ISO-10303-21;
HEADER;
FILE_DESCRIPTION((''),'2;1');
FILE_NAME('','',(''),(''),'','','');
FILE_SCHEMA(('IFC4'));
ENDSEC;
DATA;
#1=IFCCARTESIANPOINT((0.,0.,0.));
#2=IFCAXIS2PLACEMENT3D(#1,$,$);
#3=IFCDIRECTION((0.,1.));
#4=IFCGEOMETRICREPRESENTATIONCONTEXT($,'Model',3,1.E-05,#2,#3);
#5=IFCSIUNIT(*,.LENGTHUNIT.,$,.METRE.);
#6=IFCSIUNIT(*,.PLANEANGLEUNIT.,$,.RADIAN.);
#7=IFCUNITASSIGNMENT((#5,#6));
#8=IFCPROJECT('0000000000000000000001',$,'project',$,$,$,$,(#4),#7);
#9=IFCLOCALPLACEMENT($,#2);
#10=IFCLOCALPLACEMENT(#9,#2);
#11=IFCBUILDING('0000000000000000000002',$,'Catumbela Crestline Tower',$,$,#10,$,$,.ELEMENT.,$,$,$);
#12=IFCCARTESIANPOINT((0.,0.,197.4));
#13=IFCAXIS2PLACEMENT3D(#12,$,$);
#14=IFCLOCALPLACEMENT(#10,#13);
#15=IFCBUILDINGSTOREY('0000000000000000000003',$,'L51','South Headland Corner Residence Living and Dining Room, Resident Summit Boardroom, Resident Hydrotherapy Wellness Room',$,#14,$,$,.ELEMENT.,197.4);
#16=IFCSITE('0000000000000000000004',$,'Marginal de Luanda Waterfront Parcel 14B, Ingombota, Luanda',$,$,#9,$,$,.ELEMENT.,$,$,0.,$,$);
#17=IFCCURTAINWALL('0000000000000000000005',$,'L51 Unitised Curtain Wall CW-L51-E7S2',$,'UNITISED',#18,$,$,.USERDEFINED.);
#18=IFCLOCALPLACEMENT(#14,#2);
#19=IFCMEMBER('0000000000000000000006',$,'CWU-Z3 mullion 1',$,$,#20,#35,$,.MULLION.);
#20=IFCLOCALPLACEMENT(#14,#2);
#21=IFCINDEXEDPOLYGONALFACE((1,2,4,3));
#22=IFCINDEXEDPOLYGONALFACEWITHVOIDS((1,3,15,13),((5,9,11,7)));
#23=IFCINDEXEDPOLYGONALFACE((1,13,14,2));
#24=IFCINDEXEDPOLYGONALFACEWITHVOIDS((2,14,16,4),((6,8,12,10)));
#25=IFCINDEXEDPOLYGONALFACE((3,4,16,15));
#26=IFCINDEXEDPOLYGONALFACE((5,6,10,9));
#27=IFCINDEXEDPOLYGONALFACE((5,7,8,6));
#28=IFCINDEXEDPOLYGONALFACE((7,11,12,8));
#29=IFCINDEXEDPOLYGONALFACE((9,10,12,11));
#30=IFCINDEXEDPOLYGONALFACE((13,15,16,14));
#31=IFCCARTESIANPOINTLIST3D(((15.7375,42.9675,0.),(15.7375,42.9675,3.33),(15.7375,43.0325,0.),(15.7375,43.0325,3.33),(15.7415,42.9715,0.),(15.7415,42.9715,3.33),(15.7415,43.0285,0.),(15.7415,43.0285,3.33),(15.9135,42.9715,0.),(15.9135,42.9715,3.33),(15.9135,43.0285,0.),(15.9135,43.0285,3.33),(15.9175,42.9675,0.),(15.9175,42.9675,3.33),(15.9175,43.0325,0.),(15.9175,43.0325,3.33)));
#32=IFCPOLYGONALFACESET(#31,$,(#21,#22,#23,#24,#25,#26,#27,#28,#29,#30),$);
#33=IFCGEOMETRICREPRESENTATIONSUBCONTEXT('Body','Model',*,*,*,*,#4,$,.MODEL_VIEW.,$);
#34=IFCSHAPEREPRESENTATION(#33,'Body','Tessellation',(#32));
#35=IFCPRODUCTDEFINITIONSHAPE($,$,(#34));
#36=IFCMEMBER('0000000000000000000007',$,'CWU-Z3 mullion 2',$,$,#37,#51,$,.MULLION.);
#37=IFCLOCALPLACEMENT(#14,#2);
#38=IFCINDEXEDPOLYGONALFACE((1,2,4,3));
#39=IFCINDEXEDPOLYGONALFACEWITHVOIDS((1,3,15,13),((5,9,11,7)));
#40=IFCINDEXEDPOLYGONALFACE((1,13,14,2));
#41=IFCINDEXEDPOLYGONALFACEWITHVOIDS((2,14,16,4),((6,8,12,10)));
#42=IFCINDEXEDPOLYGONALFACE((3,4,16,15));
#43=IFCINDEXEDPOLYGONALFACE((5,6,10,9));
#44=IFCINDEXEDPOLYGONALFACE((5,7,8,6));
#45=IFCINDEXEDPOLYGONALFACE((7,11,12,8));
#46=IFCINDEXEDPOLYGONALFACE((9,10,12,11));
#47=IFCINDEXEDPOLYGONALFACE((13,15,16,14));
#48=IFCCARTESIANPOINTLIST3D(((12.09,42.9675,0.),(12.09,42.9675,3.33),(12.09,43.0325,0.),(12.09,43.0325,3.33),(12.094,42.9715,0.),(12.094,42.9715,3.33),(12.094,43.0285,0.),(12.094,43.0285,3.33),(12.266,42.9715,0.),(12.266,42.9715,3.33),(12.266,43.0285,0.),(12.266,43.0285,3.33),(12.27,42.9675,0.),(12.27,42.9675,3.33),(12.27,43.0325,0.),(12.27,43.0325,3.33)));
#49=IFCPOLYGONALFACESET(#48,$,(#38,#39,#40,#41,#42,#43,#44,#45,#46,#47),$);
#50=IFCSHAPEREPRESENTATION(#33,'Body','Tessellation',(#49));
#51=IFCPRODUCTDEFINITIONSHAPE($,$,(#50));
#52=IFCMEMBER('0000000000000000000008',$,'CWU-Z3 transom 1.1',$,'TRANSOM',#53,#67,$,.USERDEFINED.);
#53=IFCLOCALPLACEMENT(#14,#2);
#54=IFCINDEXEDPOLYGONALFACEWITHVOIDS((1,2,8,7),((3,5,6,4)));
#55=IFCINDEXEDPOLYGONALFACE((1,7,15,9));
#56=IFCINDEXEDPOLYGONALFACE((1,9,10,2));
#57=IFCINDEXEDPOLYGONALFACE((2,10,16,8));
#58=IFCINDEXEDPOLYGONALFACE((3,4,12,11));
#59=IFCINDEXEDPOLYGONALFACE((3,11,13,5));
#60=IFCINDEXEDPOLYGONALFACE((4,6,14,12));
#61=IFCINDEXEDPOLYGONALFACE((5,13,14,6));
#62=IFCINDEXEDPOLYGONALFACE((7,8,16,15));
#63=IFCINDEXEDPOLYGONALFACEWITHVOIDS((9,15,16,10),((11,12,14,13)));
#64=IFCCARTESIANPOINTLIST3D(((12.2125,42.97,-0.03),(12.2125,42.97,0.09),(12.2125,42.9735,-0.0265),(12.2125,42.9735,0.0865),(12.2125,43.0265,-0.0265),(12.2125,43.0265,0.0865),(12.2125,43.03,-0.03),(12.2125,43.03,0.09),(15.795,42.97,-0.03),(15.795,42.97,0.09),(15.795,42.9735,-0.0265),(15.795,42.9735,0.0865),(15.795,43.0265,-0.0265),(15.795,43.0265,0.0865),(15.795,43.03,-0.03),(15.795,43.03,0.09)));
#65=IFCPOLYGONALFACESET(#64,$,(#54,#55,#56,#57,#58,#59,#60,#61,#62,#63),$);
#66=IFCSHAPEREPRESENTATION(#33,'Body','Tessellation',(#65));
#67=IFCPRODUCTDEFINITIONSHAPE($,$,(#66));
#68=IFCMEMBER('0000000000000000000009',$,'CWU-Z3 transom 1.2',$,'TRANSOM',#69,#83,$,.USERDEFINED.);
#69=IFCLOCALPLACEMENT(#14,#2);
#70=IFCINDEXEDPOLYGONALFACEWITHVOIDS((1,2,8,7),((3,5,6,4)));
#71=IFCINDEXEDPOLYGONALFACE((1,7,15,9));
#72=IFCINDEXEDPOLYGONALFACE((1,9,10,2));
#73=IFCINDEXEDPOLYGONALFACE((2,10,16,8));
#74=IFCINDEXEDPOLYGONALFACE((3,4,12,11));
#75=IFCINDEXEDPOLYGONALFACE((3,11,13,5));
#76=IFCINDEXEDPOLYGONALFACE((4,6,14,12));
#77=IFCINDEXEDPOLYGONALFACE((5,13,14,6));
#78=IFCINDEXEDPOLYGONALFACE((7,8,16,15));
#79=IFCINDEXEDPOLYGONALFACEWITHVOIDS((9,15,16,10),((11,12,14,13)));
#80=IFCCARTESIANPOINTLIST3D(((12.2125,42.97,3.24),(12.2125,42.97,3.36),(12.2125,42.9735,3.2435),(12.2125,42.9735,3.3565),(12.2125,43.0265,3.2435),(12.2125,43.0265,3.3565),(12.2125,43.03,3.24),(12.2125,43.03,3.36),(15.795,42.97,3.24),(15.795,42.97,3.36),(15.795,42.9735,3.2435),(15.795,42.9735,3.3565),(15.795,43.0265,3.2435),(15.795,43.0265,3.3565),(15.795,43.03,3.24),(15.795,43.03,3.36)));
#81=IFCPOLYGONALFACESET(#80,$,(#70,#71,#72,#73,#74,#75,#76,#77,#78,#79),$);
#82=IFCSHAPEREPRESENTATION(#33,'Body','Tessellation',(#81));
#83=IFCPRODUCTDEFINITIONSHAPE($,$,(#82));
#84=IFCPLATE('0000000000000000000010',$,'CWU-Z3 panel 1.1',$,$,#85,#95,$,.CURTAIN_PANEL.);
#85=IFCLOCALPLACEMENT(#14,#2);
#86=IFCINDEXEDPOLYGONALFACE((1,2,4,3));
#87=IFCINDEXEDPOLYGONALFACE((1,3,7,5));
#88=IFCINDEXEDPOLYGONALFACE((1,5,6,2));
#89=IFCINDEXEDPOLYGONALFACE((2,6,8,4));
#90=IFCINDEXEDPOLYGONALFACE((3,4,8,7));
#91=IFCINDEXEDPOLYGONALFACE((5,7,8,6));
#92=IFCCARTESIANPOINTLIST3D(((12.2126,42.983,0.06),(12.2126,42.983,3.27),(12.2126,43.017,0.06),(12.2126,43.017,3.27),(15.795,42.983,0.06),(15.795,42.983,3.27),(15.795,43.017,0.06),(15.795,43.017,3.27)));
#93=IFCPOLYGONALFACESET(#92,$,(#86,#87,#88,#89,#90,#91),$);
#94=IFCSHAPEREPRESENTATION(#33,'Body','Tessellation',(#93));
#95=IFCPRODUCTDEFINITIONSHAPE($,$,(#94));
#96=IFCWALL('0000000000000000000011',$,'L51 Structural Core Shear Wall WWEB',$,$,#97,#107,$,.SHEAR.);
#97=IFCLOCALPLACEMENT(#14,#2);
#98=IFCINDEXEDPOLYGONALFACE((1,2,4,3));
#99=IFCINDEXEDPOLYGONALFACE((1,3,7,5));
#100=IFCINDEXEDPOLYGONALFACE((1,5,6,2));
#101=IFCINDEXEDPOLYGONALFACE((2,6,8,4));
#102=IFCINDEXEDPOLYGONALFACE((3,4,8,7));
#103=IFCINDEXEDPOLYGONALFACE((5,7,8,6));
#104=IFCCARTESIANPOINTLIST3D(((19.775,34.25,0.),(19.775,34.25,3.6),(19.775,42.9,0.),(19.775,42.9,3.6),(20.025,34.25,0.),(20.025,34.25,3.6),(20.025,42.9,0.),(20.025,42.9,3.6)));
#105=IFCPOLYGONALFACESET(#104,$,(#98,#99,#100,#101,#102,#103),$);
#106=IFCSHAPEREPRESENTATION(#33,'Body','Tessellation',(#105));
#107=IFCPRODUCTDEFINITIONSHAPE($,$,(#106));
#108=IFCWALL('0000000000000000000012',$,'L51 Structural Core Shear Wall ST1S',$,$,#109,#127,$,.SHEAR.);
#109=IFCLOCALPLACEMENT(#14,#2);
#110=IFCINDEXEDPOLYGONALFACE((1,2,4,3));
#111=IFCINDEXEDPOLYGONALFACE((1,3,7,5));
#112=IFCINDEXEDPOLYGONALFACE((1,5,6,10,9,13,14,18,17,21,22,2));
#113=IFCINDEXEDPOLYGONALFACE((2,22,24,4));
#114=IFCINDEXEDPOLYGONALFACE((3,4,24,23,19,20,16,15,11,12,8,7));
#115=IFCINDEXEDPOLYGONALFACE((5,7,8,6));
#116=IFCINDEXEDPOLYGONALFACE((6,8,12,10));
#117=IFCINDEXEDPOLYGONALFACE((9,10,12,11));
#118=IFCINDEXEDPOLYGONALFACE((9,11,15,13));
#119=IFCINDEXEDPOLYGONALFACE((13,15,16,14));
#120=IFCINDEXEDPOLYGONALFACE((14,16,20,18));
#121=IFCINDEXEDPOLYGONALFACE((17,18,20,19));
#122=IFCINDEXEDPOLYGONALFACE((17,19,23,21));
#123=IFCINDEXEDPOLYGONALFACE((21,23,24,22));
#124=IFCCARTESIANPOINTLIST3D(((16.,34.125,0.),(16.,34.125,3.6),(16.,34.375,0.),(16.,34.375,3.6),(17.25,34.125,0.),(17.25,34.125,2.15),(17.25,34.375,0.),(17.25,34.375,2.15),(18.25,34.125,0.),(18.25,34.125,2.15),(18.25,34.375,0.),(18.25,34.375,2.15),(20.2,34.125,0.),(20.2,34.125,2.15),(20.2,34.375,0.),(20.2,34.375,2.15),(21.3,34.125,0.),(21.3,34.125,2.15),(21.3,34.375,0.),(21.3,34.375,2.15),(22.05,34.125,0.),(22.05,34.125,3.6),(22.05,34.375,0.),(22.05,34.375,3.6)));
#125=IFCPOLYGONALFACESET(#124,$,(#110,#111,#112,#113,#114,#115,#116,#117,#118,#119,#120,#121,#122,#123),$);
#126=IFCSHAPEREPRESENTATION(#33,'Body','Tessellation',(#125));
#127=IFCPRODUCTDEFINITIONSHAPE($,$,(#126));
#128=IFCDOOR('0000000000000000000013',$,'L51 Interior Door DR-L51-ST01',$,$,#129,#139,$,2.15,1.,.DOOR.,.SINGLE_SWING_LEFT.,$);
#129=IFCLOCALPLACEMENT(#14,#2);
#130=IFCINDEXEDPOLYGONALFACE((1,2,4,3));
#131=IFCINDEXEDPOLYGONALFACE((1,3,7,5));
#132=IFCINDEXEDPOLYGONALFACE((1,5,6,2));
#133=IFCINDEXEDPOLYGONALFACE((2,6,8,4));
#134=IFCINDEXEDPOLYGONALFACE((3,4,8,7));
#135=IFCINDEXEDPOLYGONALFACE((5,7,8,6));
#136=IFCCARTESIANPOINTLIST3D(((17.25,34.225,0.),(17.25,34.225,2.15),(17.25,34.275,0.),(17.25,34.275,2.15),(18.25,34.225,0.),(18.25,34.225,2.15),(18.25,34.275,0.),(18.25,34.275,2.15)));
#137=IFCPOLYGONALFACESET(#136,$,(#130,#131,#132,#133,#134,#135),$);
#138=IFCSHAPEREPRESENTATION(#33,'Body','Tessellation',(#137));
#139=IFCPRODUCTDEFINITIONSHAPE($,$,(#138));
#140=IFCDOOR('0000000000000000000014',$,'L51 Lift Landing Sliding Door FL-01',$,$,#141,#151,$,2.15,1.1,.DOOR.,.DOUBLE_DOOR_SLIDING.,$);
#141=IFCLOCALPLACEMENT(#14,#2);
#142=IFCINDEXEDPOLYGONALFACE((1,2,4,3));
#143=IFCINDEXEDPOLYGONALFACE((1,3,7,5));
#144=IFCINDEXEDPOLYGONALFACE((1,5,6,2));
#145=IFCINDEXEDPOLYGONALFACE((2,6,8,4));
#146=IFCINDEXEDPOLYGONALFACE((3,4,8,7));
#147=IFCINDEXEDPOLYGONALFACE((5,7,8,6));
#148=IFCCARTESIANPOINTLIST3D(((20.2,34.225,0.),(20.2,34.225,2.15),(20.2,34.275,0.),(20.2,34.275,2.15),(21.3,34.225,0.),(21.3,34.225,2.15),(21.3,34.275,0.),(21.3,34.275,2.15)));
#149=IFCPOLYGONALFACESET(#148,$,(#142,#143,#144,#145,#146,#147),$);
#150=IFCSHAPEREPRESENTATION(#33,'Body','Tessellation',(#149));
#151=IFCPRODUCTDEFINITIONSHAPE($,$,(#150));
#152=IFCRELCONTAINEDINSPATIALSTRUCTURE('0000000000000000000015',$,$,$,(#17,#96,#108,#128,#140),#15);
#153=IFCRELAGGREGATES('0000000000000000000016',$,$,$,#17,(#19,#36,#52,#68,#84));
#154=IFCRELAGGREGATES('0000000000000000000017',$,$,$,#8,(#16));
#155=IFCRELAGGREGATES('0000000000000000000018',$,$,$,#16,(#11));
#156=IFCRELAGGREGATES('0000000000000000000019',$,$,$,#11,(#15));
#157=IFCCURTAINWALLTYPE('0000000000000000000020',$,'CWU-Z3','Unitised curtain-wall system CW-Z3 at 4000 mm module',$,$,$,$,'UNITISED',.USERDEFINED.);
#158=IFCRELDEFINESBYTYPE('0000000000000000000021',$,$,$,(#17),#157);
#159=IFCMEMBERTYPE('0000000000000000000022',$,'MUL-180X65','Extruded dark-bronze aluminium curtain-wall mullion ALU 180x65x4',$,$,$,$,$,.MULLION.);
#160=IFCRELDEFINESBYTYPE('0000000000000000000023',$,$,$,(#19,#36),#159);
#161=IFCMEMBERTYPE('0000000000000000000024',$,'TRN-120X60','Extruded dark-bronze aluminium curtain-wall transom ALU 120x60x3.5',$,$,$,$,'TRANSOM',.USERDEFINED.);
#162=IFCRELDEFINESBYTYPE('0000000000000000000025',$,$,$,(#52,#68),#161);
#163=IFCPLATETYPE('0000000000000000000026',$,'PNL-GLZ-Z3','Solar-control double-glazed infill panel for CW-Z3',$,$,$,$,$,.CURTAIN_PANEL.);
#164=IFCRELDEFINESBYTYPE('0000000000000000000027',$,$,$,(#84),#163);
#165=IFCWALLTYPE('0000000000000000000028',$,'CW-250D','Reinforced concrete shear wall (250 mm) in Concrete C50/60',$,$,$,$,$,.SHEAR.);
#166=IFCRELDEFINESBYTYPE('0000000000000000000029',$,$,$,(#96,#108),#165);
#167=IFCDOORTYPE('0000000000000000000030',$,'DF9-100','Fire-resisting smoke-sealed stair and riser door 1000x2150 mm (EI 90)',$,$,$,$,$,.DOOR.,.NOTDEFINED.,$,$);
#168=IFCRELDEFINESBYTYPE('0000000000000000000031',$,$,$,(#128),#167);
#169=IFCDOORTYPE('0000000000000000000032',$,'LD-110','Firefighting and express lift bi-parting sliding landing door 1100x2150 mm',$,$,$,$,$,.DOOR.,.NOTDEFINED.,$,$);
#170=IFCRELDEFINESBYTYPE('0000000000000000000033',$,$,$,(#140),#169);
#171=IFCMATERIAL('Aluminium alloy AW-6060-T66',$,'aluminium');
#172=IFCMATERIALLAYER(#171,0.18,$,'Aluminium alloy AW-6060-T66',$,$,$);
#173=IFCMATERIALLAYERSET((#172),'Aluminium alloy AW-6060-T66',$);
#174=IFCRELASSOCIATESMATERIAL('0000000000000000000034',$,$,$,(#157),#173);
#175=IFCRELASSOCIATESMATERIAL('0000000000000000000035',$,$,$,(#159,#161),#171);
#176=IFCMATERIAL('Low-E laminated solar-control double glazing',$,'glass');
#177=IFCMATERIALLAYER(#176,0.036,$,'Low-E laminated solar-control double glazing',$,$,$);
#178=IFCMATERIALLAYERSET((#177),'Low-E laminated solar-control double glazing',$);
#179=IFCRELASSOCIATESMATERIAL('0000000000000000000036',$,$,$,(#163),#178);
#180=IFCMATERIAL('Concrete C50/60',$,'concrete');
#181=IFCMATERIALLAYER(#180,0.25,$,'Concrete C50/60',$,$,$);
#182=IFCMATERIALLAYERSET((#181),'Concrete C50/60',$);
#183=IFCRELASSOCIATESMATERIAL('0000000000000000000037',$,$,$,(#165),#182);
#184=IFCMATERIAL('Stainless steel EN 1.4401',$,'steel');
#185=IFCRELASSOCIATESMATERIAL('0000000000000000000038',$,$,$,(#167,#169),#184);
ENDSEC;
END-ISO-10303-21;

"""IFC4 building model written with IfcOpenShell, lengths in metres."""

from ifc_helpers import new_model, si_unit, direction, frame, frame_2d, origin, origin_2d, place, context, subcontext, project, spatial, rectangle, hollow_rectangle, extrude, material, layer, layer_set, material_profile, profile_set, type_object, element, fill, aggregate, save


model = new_model("IFC4")

# Units and contexts
model_context = context("Model", 3, precision=1e-05, world=origin(), true_north=direction((0.0, 1.0)))
body_context = subcontext(model_context, "Body", "Model", "MODEL_VIEW")
ifc_project = project(units=[si_unit("LENGTHUNIT", "METRE"), si_unit("PLANEANGLEUNIT", "RADIAN")], contexts=[model_context])

# Site, building, storey
site_placement = place(None, origin())
site = spatial("IfcSite", under=ifc_project, at=site_placement, Name="Marginal de Luanda Waterfront Parcel 14B, Ingombota, Luanda", CompositionType="ELEMENT", RefElevation=0.0)
building_placement = place(site_placement, origin())
building = spatial("IfcBuilding", under=site, at=building_placement, Name="Catumbela Crestline Tower", CompositionType="ELEMENT")
storey_placement = place(building_placement, frame((0.0, 0.0, 197.4)))
storey = spatial("IfcBuildingStorey", under=building, at=storey_placement, Name="L51", Description="South Headland Corner Residence Living and Dining Room, Resident Summit Boardroom, Resident Hydrotherapy Wellness Room", CompositionType="ELEMENT", Elevation=197.4)

# Curtain wall, members, plate
ifc_material_1 = material(Name="Aluminium alloy AW-6060-T66", Category="aluminium")
ifc_layer_1 = layer(ifc_material_1, 0.18, Name="Aluminium alloy AW-6060-T66")
ifc_layer_set_1 = layer_set([ifc_layer_1], Name="Aluminium alloy AW-6060-T66")
curtain_wall_type = type_object("IfcCurtainWallType", Name="CWU-Z3", Description="Unitised curtain-wall system CW-Z3 at 4000 mm module", ElementType="UNITISED", PredefinedType="USERDEFINED", material=ifc_layer_set_1)
curtain_wall_placement = place(storey_placement, origin())
curtain_wall = element("IfcCurtainWall", 1, at=curtain_wall_placement, inside=storey, type_object=curtain_wall_type, Name="L51 Unitised Curtain Wall CW-L51-E7S2", ObjectType="UNITISED", PredefinedType="USERDEFINED")
ifc_material_profile_1 = material_profile(ifc_material_1, hollow_rectangle(XDim=0.065, YDim=0.18, WallThickness=0.004, at=origin_2d()), Name="ALU 180x65x4")
ifc_profile_set_1 = profile_set([ifc_material_profile_1], Name="Aluminium alloy AW-6060-T66")
member_type_1 = type_object("IfcMemberType", Name="MUL-180X65", Description="Extruded dark-bronze aluminium curtain-wall mullion ALU 180x65x4", PredefinedType="MULLION", material=ifc_profile_set_1)
member_1_placement = place(storey_placement, frame((15.8275, 43.0, 0.0), z_axis=(0.0, 0.0, 1.0), x_axis=(0.0, -1.0, 0.0)))
member_1 = element("IfcMember", 2, at=member_1_placement, type_object=member_type_1, Name="CWU-Z3 mullion 1", PredefinedType="MULLION", context=body_context, shape_type="SweptSolid", body=[
    extrude(hollow_rectangle(XDim=0.065, YDim=0.18, WallThickness=0.004, at=origin_2d()), origin(), (0.0, 0.0, 1.0), 3.33),
])
member_2_placement = place(storey_placement, frame((12.18, 43.0, 0.0), z_axis=(0.0, 0.0, 1.0), x_axis=(0.0, -1.0, 0.0)))
member_2 = element("IfcMember", 3, at=member_2_placement, type_object=member_type_1, Name="CWU-Z3 mullion 2", PredefinedType="MULLION", context=body_context, shape_type="SweptSolid", body=[
    extrude(hollow_rectangle(XDim=0.065, YDim=0.18, WallThickness=0.004, at=origin_2d()), origin(), (0.0, 0.0, 1.0), 3.33),
])
ifc_material_profile_2 = material_profile(ifc_material_1, hollow_rectangle(XDim=0.06, YDim=0.12, WallThickness=0.0035, at=origin_2d()), Name="ALU 120x60x3.5")
ifc_profile_set_2 = profile_set([ifc_material_profile_2], Name="Aluminium alloy AW-6060-T66")
member_type_2 = type_object("IfcMemberType", Name="TRN-120X60", Description="Extruded dark-bronze aluminium curtain-wall transom ALU 120x60x3.5", ElementType="TRANSOM", PredefinedType="USERDEFINED", material=ifc_profile_set_2)
member_3_placement = place(storey_placement, frame((15.795, 43.0, 0.03), z_axis=(-1.0, 0.0, 0.0), x_axis=(0.0, -1.0, 0.0)))
member_3 = element("IfcMember", 4, at=member_3_placement, type_object=member_type_2, Name="CWU-Z3 transom 1.1", ObjectType="TRANSOM", PredefinedType="USERDEFINED", context=body_context, shape_type="SweptSolid", body=[
    extrude(hollow_rectangle(XDim=0.06, YDim=0.12, WallThickness=0.0035, at=origin_2d()), origin(), (0.0, 0.0, 1.0), 3.5825),
])
member_4_placement = place(storey_placement, frame((15.795, 43.0, 3.3), z_axis=(-1.0, 0.0, 0.0), x_axis=(0.0, -1.0, 0.0)))
member_4 = element("IfcMember", 5, at=member_4_placement, type_object=member_type_2, Name="CWU-Z3 transom 1.2", ObjectType="TRANSOM", PredefinedType="USERDEFINED", context=body_context, shape_type="SweptSolid", body=[
    extrude(hollow_rectangle(XDim=0.06, YDim=0.12, WallThickness=0.0035, at=origin_2d()), origin(), (0.0, 0.0, 1.0), 3.5825),
])
ifc_material_2 = material(Name="Low-E laminated solar-control double glazing", Category="glass")
ifc_layer_2 = layer(ifc_material_2, 0.036, Name="Low-E laminated solar-control double glazing")
ifc_layer_set_2 = layer_set([ifc_layer_2], Name="Low-E laminated solar-control double glazing")
plate_type = type_object("IfcPlateType", Name="PNL-GLZ-Z3", Description="Solar-control double-glazed infill panel for CW-Z3", PredefinedType="CURTAIN_PANEL", material=ifc_layer_set_2)
plate_placement = place(storey_placement, frame((14.0038, 43.0, 0.06), z_axis=(0.0, 0.0, 1.0), x_axis=(-1.0, 0.0, 0.0)))
plate = element("IfcPlate", 6, at=plate_placement, type_object=plate_type, Name="CWU-Z3 panel 1.1", PredefinedType="CURTAIN_PANEL", context=body_context, shape_type="SweptSolid", body=[
    extrude(rectangle(XDim=3.5825, YDim=0.034, at=origin_2d()), origin(), (0.0, 0.0, 1.0), 3.21),
])
aggregate(curtain_wall, [member_1, member_2, member_3, member_4, plate])

# Wall
ifc_material_3 = material(Name="Concrete C50/60", Category="concrete")
ifc_layer_3 = layer(ifc_material_3, 0.25, Name="Concrete C50/60")
ifc_layer_set_3 = layer_set([ifc_layer_3], Name="Concrete C50/60")
wall_type_1 = type_object("IfcWallType", Name="CW-250D", Description="Reinforced concrete shear wall (250 mm) in Concrete C50/60", PredefinedType="SHEAR", material=ifc_layer_set_3)
wall_1_placement = place(storey_placement, frame((19.9, 34.25, 0.0), z_axis=(0.0, 0.0, 1.0), x_axis=(0.0, 1.0, 0.0)))
element("IfcWall", 7, at=wall_1_placement, inside=storey, type_object=wall_type_1, Name="L51 Structural Core Shear Wall WWEB", PredefinedType="SHEAR", context=body_context, shape_type="SweptSolid", body=[
    extrude(rectangle(XDim=8.65, YDim=0.25, at=frame_2d((4.325, 0.0))), origin(), (0.0, 0.0, 1.0), 3.6),
])

# Wall, openings, doors
wall_2_placement = place(storey_placement, frame((16.0, 34.25, 0.0), z_axis=(0.0, 0.0, 1.0), x_axis=(1.0, 0.0, 0.0)))
wall_2 = element("IfcWall", 8, at=wall_2_placement, inside=storey, type_object=wall_type_1, Name="L51 Structural Core Shear Wall ST1S", PredefinedType="SHEAR", context=body_context, shape_type="SweptSolid", body=[
    extrude(rectangle(XDim=6.05, YDim=0.25, at=frame_2d((3.025, 0.0))), origin(), (0.0, 0.0, 1.0), 3.6),
])
opening_1_placement = place(wall_2_placement, frame((1.25, 0.0, 0.0)))
opening_1 = element("IfcOpeningElement", 9, at=opening_1_placement, cuts=wall_2, PredefinedType="OPENING", context=body_context, shape_type="SweptSolid", body=[
    extrude(rectangle(XDim=1.0, YDim=2.15, at=frame_2d((0.5, 1.075))), frame((0.0, 0.135, 0.0), z_axis=(0.0, -1.0, 0.0), x_axis=(1.0, 0.0, 0.0)), (0.0, 0.0, 1.0), 0.27),
])
opening_2_placement = place(wall_2_placement, frame((4.2, 0.0, 0.0)))
opening_2 = element("IfcOpeningElement", 10, at=opening_2_placement, cuts=wall_2, PredefinedType="OPENING", context=body_context, shape_type="SweptSolid", body=[
    extrude(rectangle(XDim=1.1, YDim=2.15, at=frame_2d((0.55, 1.075))), frame((0.0, 0.135, 0.0), z_axis=(0.0, -1.0, 0.0), x_axis=(1.0, 0.0, 0.0)), (0.0, 0.0, 1.0), 0.27),
])
ifc_material_4 = material(Name="Stainless steel EN 1.4401", Category="steel")
door_type_1 = type_object("IfcDoorType", Name="DF9-100", Description="Fire-resisting smoke-sealed stair and riser door 1000x2150 mm (EI 90)", OperationType="NOTDEFINED", PredefinedType="DOOR", material=ifc_material_4)
door_1_placement = place(opening_1_placement, origin())
door_1 = element("IfcDoor", 11, at=door_1_placement, inside=storey, type_object=door_type_1, Name="L51 Interior Door DR-L51-ST01", OperationType="SINGLE_SWING_LEFT", OverallHeight=2.15, OverallWidth=1.0, PredefinedType="DOOR", context=body_context, shape_type="SweptSolid", body=[
    extrude(rectangle(XDim=1.0, YDim=2.15, at=frame_2d((0.5, 1.075))), frame((0.0, 0.025, 0.0), z_axis=(0.0, -1.0, 0.0), x_axis=(1.0, 0.0, 0.0)), (0.0, 0.0, 1.0), 0.05),
])
fill(opening_1, door_1)
door_type_2 = type_object("IfcDoorType", Name="LD-110", Description="Firefighting and express lift bi-parting sliding landing door 1100x2150 mm", OperationType="NOTDEFINED", PredefinedType="DOOR", material=ifc_material_4)
door_2_placement = place(opening_2_placement, origin())
door_2 = element("IfcDoor", 12, at=door_2_placement, inside=storey, type_object=door_type_2, Name="L51 Lift Landing Sliding Door FL-01", OperationType="DOUBLE_DOOR_SLIDING", OverallHeight=2.15, OverallWidth=1.1, PredefinedType="DOOR", context=body_context, shape_type="SweptSolid", body=[
    extrude(rectangle(XDim=1.1, YDim=2.15, at=frame_2d((0.55, 1.075))), frame((0.0, 0.025, 0.0), z_axis=(0.0, -1.0, 0.0), x_axis=(1.0, 0.0, 0.0)), (0.0, 0.0, 1.0), 0.05),
])
fill(opening_2, door_2)

save(model, "model.ifc")
